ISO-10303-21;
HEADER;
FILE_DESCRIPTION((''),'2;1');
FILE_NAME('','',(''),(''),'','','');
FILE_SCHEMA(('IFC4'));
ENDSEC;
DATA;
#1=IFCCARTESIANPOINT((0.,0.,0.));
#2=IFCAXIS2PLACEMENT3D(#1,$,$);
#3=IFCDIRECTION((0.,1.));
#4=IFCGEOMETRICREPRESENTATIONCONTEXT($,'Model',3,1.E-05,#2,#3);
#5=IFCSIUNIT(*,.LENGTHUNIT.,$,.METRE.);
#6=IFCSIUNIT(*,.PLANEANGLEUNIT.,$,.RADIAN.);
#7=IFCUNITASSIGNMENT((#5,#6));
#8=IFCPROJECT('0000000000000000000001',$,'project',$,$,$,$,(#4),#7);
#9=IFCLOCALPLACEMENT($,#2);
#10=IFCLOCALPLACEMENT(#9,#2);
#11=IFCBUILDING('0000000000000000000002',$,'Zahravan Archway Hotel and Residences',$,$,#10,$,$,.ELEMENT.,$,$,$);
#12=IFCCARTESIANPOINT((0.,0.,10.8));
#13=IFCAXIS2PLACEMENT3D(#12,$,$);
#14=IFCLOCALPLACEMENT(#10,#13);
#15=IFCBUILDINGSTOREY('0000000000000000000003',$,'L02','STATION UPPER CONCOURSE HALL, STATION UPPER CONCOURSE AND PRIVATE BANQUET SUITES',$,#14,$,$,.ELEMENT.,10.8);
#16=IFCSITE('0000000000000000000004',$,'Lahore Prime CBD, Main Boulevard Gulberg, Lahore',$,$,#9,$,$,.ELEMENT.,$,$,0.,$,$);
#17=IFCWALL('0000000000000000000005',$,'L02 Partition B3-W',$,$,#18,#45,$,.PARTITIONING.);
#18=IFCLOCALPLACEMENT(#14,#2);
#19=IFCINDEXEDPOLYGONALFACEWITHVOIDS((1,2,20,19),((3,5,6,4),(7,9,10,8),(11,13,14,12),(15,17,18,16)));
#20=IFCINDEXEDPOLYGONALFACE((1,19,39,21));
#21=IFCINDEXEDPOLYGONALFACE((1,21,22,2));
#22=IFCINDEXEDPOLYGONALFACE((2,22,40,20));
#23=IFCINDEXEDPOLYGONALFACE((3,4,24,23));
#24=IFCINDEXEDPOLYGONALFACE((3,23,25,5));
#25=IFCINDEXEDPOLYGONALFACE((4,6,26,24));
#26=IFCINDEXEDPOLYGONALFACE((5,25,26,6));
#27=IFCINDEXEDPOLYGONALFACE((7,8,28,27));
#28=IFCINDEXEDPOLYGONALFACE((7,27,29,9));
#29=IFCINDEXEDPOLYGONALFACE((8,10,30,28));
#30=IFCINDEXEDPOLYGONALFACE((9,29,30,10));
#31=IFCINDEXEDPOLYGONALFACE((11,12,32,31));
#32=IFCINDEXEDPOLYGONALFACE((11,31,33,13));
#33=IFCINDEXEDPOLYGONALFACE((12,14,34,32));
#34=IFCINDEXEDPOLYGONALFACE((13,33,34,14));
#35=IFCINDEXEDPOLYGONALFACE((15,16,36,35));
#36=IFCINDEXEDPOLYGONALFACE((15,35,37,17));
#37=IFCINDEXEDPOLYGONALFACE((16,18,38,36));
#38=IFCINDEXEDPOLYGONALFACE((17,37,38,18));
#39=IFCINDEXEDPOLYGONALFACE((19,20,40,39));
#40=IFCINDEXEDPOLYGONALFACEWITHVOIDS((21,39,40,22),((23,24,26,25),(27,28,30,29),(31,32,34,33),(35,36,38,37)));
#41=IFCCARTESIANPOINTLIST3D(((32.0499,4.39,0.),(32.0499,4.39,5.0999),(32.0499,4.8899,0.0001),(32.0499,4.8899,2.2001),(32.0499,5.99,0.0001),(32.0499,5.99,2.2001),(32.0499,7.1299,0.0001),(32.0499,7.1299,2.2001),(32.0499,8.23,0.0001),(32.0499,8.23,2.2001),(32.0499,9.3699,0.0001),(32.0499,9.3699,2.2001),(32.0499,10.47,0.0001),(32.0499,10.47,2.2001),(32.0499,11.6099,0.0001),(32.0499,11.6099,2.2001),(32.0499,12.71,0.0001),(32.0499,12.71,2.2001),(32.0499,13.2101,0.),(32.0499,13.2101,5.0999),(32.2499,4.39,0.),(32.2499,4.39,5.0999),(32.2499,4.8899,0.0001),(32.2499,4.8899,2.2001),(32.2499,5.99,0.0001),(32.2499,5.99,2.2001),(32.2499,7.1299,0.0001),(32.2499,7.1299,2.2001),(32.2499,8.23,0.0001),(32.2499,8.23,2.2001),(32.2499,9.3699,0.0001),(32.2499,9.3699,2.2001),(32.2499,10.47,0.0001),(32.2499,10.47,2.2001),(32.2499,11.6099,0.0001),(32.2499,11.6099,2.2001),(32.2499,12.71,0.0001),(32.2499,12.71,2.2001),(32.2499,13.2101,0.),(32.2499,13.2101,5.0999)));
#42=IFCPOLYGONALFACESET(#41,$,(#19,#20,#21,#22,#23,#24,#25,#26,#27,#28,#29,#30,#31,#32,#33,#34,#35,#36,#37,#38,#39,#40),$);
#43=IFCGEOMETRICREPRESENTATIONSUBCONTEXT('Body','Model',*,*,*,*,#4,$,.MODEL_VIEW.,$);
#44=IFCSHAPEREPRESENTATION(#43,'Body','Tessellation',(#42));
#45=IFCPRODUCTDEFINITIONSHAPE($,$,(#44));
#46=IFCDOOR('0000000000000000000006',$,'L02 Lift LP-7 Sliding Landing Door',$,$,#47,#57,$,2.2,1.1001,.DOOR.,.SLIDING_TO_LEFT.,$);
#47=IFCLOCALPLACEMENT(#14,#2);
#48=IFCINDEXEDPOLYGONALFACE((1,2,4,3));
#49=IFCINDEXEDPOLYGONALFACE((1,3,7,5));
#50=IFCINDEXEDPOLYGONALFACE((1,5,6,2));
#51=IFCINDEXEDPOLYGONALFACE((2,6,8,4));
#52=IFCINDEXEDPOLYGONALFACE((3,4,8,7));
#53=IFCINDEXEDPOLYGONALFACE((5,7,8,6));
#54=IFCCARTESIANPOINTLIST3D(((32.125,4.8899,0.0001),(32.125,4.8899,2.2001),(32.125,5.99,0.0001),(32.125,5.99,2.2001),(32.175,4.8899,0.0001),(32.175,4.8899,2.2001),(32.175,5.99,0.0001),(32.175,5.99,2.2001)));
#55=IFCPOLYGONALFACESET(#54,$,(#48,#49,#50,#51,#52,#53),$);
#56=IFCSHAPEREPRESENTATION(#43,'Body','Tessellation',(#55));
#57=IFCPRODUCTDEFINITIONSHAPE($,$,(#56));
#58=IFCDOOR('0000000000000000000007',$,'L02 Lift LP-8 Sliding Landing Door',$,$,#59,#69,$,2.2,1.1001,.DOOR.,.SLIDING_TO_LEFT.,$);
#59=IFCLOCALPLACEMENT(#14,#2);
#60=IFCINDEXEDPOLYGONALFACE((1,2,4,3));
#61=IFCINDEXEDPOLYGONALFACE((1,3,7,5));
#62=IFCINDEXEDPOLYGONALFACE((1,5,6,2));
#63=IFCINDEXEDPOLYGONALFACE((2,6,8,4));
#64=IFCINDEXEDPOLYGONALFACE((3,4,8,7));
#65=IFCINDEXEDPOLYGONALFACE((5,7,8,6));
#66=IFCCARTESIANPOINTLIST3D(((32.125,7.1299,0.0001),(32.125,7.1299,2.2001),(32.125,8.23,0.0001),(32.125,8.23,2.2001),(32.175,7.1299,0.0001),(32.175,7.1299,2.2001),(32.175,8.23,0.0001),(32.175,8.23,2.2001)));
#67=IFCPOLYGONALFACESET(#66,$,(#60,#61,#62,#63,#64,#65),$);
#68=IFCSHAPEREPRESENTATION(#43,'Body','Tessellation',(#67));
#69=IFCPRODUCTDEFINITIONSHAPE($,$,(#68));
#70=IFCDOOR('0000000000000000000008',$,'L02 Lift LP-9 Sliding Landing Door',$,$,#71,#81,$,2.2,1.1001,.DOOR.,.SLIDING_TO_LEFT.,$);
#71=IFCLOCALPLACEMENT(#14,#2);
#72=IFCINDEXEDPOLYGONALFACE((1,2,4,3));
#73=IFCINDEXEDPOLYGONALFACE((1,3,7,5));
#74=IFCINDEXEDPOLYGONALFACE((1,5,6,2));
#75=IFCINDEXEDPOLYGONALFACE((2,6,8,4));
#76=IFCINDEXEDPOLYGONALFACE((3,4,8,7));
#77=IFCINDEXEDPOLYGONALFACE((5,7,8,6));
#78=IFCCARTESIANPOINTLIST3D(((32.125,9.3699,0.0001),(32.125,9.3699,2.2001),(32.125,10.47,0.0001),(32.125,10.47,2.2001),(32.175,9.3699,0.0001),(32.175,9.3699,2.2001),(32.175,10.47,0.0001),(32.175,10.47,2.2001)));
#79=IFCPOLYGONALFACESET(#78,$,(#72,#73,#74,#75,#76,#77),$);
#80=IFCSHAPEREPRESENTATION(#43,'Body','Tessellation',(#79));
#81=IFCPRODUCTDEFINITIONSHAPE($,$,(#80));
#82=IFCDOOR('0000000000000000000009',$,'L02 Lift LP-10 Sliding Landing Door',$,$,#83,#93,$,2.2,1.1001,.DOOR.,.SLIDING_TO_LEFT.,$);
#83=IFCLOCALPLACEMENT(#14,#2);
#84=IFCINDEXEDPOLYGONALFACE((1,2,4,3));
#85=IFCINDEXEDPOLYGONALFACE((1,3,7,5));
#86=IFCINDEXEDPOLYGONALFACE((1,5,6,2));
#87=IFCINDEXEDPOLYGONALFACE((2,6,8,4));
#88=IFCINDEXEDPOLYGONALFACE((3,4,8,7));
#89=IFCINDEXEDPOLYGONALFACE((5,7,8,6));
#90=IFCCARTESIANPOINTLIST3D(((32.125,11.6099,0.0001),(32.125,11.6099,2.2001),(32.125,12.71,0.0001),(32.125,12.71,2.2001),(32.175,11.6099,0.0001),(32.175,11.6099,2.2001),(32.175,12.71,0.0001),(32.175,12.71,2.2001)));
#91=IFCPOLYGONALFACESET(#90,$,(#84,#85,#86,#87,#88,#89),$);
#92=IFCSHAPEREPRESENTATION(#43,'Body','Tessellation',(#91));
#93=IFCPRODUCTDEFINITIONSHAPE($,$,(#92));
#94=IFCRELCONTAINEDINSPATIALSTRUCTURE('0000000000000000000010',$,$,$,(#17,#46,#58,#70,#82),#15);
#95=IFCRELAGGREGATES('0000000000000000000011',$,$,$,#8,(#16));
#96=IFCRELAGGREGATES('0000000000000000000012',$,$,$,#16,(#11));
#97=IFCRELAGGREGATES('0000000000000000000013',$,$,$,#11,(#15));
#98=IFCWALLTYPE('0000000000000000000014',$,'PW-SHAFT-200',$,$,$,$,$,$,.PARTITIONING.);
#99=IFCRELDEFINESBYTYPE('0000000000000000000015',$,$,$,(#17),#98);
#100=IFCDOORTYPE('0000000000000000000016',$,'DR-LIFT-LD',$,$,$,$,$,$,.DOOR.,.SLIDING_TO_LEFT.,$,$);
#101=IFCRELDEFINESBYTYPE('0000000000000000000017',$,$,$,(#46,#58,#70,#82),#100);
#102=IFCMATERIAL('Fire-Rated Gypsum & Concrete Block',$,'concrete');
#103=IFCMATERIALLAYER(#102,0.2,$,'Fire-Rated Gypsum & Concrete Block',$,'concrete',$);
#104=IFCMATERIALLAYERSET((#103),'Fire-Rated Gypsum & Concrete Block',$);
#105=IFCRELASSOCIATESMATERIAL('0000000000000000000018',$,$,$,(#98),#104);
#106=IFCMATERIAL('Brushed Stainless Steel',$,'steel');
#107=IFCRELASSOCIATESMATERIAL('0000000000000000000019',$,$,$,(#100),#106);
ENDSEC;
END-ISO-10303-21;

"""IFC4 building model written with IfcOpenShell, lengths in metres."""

from ifc_helpers import new_model, si_unit, direction, frame, frame_2d, origin, place, context, subcontext, project, spatial, rectangle, extrude, source, transform, mapped, material, layer, layer_set, type_object, type_shapes, element, fill, save


model = new_model("IFC4")

# Units and contexts
model_context = context("Model", 3, precision=1e-05, world=origin(), true_north=direction((0.0, 1.0)))
body_context = subcontext(model_context, "Body", "Model", "MODEL_VIEW")
ifc_project = project(units=[si_unit("LENGTHUNIT", "METRE"), si_unit("PLANEANGLEUNIT", "RADIAN")], contexts=[model_context])

# Site, building, storey
site_placement = place(None, origin())
site = spatial("IfcSite", under=ifc_project, at=site_placement, Name="Lahore Prime CBD, Main Boulevard Gulberg, Lahore", CompositionType="ELEMENT", RefElevation=0.0)
building_placement = place(site_placement, origin())
building = spatial("IfcBuilding", under=site, at=building_placement, Name="Zahravan Archway Hotel and Residences", CompositionType="ELEMENT")
storey_placement = place(building_placement, frame((0.0, 0.0, 10.8)))
storey = spatial("IfcBuildingStorey", under=building, at=storey_placement, Name="L02", Description="STATION UPPER CONCOURSE HALL, STATION UPPER CONCOURSE AND PRIVATE BANQUET SUITES", CompositionType="ELEMENT", Elevation=10.8)

# Shared definitions
ifc_material_1 = material(Name="Fire-Rated Gypsum & Concrete Block", Category="concrete")
ifc_layer_1 = layer(ifc_material_1, 0.2, Name="Fire-Rated Gypsum & Concrete Block", Category="concrete")
ifc_layer_set_1 = layer_set([ifc_layer_1], Name="Fire-Rated Gypsum & Concrete Block")
wall_type_1 = type_object("IfcWallType", Name="PW-SHAFT-200", PredefinedType="PARTITIONING", material=ifc_layer_set_1)

# Wall, openings, doors
wall_1_placement = place(storey_placement, frame((32.1499, 4.3899, 0.0), z_axis=(0.0, 0.0, 1.0), x_axis=(0.0, 1.0, 0.0)))
wall_1 = element("IfcWall", 1, at=wall_1_placement, inside=storey, type_object=wall_type_1, Name="L02 Partition B3-W", PredefinedType="PARTITIONING", context=body_context, shape_type="SweptSolid", body=[
    extrude(rectangle(XDim=8.8201, YDim=0.2, at=frame_2d((4.4102, 0.0))), origin(), (0.0, 0.0, 1.0), 5.0999),
])
opening_1_placement = place(wall_1_placement, frame((0.5, 0.0, 0.0)))
opening_1 = element("IfcOpeningElement", 2, at=opening_1_placement, cuts=wall_1, PredefinedType="OPENING", context=body_context, shape_type="SweptSolid", body=[
    extrude(rectangle(XDim=1.1001, YDim=2.2, at=frame_2d((0.55, 1.1001))), frame((0.0, 0.1099, 0.0), z_axis=(0.0, -1.0, 0.0), x_axis=(1.0, 0.0, 0.0)), (0.0, 0.0, 1.0), 0.22),
])
opening_2_placement = place(wall_1_placement, frame((2.74, 0.0, 0.0)))
opening_2 = element("IfcOpeningElement", 3, at=opening_2_placement, cuts=wall_1, PredefinedType="OPENING", context=body_context, shape_type="SweptSolid", body=[
    extrude(rectangle(XDim=1.1001, YDim=2.2, at=frame_2d((0.55, 1.1001))), frame((0.0, 0.1099, 0.0), z_axis=(0.0, -1.0, 0.0), x_axis=(1.0, 0.0, 0.0)), (0.0, 0.0, 1.0), 0.22),
])
opening_3_placement = place(wall_1_placement, frame((4.98, 0.0, 0.0)))
opening_3 = element("IfcOpeningElement", 4, at=opening_3_placement, cuts=wall_1, PredefinedType="OPENING", context=body_context, shape_type="SweptSolid", body=[
    extrude(rectangle(XDim=1.1001, YDim=2.2, at=frame_2d((0.55, 1.1001))), frame((0.0, 0.1099, 0.0), z_axis=(0.0, -1.0, 0.0), x_axis=(1.0, 0.0, 0.0)), (0.0, 0.0, 1.0), 0.22),
])
opening_4_placement = place(wall_1_placement, frame((7.22, 0.0, 0.0)))
opening_4 = element("IfcOpeningElement", 5, at=opening_4_placement, cuts=wall_1, PredefinedType="OPENING", context=body_context, shape_type="SweptSolid", body=[
    extrude(rectangle(XDim=1.1001, YDim=2.2, at=frame_2d((0.55, 1.1001))), frame((0.0, 0.1099, 0.0), z_axis=(0.0, -1.0, 0.0), x_axis=(1.0, 0.0, 0.0)), (0.0, 0.0, 1.0), 0.22),
])
ifc_material_2 = material(Name="Brushed Stainless Steel", Category="steel")
door_type_1 = type_object("IfcDoorType", Name="DR-LIFT-LD", OperationType="SLIDING_TO_LEFT", PredefinedType="DOOR", material=ifc_material_2)
shared_shape_1 = source(origin(), body_context, "Body", "SweptSolid", [
    extrude(rectangle(XDim=1.1001, YDim=2.2, at=frame_2d((0.55, 1.1001))), frame((0.0, 0.0249, 0.0), z_axis=(0.0, -1.0, 0.0), x_axis=(1.0, 0.0, 0.0)), (0.0, 0.0, 1.0), 0.05),
])
type_shapes(door_type_1, [shared_shape_1])
door_1_placement = place(opening_1_placement, origin())
door_1 = element("IfcDoor", 6, at=door_1_placement, inside=storey, type_object=door_type_1, Name="L02 Lift LP-7 Sliding Landing Door", OperationType="SLIDING_TO_LEFT", OverallHeight=2.2, OverallWidth=1.1001, PredefinedType="DOOR", context=body_context, shape_type="MappedRepresentation", body=[
    mapped(shared_shape_1, transform((0.0, 0.0, 0.0), scale=1.0)),
])
fill(opening_1, door_1)
door_2_placement = place(opening_2_placement, origin())
door_2 = element("IfcDoor", 7, at=door_2_placement, inside=storey, type_object=door_type_1, Name="L02 Lift LP-8 Sliding Landing Door", OperationType="SLIDING_TO_LEFT", OverallHeight=2.2, OverallWidth=1.1001, PredefinedType="DOOR", context=body_context, shape_type="MappedRepresentation", body=[
    mapped(shared_shape_1, transform((0.0, 0.0, 0.0), scale=1.0)),
])
fill(opening_2, door_2)
door_3_placement = place(opening_3_placement, origin())
door_3 = element("IfcDoor", 8, at=door_3_placement, inside=storey, type_object=door_type_1, Name="L02 Lift LP-9 Sliding Landing Door", OperationType="SLIDING_TO_LEFT", OverallHeight=2.2, OverallWidth=1.1001, PredefinedType="DOOR", context=body_context, shape_type="MappedRepresentation", body=[
    mapped(shared_shape_1, transform((0.0, 0.0, 0.0), scale=1.0)),
])
fill(opening_3, door_3)
door_4_placement = place(opening_4_placement, origin())
door_4 = element("IfcDoor", 9, at=door_4_placement, inside=storey, type_object=door_type_1, Name="L02 Lift LP-10 Sliding Landing Door", OperationType="SLIDING_TO_LEFT", OverallHeight=2.2, OverallWidth=1.1001, PredefinedType="DOOR", context=body_context, shape_type="MappedRepresentation", body=[
    mapped(shared_shape_1, transform((0.0, 0.0, 0.0), scale=1.0)),
])
fill(opening_4, door_4)

save(model, "model.ifc")
